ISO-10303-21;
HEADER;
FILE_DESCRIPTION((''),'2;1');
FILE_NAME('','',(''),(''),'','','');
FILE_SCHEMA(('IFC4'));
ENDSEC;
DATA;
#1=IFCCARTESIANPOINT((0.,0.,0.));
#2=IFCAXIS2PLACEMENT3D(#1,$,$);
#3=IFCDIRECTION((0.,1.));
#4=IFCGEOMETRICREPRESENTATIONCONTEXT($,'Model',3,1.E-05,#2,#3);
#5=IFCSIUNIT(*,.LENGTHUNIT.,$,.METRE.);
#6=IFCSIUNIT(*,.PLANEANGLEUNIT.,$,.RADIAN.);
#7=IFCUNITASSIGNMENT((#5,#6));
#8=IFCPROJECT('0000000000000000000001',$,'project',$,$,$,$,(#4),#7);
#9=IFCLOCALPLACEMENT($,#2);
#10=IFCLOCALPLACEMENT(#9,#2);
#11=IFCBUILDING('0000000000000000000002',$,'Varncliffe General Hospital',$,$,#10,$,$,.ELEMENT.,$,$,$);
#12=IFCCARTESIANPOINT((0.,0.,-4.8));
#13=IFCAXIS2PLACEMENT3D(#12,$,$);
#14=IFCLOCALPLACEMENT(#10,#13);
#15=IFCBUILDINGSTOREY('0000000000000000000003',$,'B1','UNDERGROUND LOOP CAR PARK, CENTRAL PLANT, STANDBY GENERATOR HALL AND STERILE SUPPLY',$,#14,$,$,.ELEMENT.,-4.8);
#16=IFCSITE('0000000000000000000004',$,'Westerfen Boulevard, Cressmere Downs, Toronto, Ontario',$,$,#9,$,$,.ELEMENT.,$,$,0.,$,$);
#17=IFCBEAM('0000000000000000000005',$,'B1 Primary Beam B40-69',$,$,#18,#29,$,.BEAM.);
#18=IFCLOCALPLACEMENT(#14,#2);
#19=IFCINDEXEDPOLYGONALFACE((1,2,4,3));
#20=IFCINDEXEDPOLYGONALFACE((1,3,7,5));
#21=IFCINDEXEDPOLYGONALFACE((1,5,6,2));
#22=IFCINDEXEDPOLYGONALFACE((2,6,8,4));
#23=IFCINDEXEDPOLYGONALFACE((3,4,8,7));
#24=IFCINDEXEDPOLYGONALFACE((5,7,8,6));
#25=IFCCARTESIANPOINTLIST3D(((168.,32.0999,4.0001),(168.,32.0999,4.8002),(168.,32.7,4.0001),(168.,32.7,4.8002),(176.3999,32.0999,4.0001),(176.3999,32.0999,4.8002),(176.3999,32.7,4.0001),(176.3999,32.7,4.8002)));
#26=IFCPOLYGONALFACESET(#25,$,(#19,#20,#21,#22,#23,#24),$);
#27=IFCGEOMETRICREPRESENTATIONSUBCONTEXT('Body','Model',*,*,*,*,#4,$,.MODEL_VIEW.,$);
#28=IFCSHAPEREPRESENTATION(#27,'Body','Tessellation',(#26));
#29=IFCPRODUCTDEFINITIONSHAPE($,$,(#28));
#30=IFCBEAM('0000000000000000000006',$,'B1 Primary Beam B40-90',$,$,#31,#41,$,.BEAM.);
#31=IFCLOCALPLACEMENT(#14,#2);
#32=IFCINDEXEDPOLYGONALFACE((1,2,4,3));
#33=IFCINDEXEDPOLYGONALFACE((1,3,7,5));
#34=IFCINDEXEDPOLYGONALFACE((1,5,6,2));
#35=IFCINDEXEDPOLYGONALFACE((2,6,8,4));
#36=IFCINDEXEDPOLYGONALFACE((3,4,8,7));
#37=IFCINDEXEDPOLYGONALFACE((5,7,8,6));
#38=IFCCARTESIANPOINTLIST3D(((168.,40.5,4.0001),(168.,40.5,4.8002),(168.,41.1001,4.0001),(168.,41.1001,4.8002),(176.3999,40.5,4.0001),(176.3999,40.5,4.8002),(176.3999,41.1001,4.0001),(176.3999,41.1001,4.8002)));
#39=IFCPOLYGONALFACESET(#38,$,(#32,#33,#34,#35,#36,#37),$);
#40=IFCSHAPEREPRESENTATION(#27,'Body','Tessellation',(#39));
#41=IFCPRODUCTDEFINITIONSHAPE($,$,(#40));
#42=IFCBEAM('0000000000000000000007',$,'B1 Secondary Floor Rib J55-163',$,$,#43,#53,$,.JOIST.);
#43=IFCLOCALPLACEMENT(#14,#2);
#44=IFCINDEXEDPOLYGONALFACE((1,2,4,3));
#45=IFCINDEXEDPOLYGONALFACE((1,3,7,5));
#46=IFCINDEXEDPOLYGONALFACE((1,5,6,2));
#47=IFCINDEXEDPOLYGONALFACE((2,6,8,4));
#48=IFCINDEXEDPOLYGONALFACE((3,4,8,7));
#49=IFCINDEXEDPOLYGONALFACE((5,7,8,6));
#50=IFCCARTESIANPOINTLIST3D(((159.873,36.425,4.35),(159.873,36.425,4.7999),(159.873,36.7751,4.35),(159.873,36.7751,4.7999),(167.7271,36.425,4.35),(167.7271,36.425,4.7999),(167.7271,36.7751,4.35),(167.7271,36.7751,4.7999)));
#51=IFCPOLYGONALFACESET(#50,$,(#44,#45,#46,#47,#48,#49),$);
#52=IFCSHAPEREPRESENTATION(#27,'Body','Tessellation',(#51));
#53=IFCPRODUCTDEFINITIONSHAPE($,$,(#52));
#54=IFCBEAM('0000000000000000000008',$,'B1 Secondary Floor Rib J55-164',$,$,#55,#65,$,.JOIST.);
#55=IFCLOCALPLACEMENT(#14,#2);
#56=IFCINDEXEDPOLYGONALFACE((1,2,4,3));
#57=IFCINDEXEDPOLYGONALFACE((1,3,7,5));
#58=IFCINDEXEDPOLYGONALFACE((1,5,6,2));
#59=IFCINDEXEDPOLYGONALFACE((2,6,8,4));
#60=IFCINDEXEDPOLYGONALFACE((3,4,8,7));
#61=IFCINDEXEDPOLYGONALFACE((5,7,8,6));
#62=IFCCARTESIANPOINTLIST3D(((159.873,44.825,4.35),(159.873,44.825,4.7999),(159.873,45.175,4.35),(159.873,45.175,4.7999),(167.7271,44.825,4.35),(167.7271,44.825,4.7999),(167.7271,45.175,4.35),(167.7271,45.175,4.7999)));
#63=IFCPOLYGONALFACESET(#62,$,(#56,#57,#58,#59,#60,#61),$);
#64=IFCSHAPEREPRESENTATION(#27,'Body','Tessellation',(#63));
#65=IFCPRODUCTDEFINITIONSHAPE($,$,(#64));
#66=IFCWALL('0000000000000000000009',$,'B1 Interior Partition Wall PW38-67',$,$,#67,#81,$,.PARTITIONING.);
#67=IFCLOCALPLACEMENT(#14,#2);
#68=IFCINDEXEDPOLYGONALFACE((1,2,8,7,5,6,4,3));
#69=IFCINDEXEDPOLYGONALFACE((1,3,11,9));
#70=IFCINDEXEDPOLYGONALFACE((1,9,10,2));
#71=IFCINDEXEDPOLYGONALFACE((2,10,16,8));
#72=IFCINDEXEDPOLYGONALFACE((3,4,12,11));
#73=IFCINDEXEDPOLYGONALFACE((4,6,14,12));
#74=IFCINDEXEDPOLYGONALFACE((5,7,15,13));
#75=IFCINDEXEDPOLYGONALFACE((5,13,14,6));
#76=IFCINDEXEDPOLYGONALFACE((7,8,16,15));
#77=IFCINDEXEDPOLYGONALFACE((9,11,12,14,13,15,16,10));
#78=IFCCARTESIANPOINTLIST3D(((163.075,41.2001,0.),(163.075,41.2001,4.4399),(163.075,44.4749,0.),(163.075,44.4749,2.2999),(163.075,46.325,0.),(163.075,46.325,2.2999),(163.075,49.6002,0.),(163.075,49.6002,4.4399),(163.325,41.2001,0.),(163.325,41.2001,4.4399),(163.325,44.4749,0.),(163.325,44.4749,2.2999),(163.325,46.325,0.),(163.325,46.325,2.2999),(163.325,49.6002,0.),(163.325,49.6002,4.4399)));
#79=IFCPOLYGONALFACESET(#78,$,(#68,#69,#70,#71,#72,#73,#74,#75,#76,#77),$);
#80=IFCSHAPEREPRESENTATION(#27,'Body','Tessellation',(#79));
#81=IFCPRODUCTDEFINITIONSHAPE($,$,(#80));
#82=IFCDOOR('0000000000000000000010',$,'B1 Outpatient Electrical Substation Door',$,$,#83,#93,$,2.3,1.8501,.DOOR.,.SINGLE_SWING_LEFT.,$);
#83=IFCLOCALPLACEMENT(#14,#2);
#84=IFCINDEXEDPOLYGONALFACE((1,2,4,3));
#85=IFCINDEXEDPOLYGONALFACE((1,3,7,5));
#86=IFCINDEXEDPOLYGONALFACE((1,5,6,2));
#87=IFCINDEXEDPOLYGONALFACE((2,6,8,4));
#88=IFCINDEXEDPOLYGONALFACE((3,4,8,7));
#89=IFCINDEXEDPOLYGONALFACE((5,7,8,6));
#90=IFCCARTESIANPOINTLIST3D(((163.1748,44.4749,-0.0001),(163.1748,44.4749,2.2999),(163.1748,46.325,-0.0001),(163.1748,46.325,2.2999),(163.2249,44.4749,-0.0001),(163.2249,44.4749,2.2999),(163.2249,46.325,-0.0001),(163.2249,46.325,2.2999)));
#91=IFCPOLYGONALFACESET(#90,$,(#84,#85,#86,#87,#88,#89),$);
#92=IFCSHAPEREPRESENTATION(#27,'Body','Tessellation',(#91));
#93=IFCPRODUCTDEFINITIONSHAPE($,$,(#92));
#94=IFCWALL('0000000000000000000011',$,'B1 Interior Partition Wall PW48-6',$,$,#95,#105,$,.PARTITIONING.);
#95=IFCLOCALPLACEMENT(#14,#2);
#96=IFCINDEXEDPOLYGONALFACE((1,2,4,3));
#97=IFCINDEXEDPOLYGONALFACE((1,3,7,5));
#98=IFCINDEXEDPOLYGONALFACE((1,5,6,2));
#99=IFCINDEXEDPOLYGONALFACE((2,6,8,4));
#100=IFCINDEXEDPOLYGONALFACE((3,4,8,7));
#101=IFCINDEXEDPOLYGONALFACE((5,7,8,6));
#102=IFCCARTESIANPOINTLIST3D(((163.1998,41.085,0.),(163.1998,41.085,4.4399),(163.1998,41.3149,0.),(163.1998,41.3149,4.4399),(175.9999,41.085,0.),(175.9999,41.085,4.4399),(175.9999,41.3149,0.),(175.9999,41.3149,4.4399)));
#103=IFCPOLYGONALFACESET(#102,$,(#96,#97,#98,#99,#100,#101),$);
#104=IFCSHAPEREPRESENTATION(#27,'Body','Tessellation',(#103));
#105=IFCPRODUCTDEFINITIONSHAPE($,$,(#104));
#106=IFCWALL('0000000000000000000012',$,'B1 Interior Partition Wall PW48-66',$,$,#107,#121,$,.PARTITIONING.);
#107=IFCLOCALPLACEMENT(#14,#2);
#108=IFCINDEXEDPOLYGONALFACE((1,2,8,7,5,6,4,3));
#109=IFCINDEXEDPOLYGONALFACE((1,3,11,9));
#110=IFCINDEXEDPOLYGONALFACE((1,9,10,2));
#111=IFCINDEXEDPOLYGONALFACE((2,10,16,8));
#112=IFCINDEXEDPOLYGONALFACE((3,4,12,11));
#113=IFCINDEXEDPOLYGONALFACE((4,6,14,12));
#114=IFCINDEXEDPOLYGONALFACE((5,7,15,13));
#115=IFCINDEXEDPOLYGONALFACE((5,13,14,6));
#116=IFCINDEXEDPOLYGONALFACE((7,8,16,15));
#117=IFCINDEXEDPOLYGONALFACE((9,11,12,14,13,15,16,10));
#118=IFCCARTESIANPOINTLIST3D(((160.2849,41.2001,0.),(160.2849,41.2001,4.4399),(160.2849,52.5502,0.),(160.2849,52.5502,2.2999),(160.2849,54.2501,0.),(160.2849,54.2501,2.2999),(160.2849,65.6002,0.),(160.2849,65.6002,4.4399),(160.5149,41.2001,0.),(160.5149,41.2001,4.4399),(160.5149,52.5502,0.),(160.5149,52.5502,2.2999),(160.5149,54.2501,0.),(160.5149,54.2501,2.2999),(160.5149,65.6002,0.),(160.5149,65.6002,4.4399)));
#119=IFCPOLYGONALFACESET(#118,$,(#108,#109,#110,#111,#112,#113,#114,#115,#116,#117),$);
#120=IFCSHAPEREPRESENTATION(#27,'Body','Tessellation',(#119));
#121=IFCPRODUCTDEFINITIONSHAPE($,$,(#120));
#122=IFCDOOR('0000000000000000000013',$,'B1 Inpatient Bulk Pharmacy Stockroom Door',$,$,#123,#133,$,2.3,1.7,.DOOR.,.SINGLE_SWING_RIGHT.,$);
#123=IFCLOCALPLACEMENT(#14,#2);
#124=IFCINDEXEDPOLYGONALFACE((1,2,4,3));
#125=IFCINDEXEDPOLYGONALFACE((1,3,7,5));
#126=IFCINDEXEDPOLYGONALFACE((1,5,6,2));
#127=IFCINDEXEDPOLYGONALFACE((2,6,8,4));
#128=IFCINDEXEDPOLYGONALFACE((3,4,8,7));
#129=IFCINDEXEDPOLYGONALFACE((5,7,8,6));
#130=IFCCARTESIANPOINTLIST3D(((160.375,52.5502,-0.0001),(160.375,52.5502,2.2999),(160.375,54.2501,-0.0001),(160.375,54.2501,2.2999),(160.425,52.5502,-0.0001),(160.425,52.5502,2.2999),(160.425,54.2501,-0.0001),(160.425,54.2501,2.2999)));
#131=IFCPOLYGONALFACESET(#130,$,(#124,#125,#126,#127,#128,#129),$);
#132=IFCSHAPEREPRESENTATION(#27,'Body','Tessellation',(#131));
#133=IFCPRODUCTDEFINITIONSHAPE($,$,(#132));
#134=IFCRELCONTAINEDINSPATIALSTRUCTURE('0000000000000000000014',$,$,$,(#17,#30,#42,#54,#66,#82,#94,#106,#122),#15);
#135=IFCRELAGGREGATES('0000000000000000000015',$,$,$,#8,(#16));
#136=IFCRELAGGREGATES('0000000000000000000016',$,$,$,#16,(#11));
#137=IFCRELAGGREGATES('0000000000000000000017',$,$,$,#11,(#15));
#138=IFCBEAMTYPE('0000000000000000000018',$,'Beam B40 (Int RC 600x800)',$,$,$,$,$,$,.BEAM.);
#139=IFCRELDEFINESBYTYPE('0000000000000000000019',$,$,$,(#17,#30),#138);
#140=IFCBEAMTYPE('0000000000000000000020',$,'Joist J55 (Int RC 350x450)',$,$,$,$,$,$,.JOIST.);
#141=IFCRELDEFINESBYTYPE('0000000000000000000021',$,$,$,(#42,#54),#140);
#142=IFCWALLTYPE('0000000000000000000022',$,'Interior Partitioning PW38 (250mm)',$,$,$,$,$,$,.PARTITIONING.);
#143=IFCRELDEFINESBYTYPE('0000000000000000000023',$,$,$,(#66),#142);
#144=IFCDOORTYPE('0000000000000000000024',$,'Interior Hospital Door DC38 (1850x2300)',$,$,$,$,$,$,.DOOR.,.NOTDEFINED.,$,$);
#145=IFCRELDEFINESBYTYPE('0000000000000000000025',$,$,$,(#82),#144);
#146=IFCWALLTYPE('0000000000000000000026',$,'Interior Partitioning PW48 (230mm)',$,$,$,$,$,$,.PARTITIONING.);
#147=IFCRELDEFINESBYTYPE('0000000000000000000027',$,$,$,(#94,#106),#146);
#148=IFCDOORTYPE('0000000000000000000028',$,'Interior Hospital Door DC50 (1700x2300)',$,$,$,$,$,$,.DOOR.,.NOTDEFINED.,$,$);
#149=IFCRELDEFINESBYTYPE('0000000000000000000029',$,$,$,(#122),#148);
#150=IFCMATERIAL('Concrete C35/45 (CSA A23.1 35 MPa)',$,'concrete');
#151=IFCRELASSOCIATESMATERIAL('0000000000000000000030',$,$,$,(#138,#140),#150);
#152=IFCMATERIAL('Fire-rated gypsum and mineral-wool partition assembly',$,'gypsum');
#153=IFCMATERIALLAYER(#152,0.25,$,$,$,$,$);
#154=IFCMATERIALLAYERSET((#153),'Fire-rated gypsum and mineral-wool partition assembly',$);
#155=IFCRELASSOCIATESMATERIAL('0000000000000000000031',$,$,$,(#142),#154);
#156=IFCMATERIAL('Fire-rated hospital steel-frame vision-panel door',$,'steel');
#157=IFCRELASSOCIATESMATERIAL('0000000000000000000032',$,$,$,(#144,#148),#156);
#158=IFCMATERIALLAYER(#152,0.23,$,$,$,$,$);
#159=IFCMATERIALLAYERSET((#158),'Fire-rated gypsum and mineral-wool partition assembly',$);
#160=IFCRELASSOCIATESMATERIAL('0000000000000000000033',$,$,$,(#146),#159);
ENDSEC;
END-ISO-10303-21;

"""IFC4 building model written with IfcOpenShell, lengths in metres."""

from ifc_helpers import new_model, si_unit, direction, frame, frame_2d, origin, origin_2d, place, context, subcontext, project, spatial, rectangle, extrude, material, layer, layer_set, material_profile, profile_set, type_object, element, fill, save


model = new_model("IFC4")

# Units and contexts
model_context = context("Model", 3, precision=1e-05, world=origin(), true_north=direction((0.0, 1.0)))
body_context = subcontext(model_context, "Body", "Model", "MODEL_VIEW")
ifc_project = project(units=[si_unit("LENGTHUNIT", "METRE"), si_unit("PLANEANGLEUNIT", "RADIAN")], contexts=[model_context])

# Site, building, storey
site_placement = place(None, origin())
site = spatial("IfcSite", under=ifc_project, at=site_placement, Name="Westerfen Boulevard, Cressmere Downs, Toronto, Ontario", CompositionType="ELEMENT", RefElevation=0.0)
building_placement = place(site_placement, origin())
building = spatial("IfcBuilding", under=site, at=building_placement, Name="Varncliffe General Hospital", CompositionType="ELEMENT")
storey_placement = place(building_placement, frame((0.0, 0.0, -4.8)))
storey = spatial("IfcBuildingStorey", under=building, at=storey_placement, Name="B1", Description="UNDERGROUND LOOP CAR PARK, CENTRAL PLANT, STANDBY GENERATOR HALL AND STERILE SUPPLY", CompositionType="ELEMENT", Elevation=-4.8)

# Beams
ifc_material_1 = material(Name="Concrete C35/45 (CSA A23.1 35 MPa)", Category="concrete")
ifc_material_profile_1 = material_profile(ifc_material_1, rectangle(XDim=0.6001, YDim=0.8, at=origin_2d()), Name="RC 600x800")
ifc_profile_set_1 = profile_set([ifc_material_profile_1], Name="Concrete C35/45 (CSA A23.1 35 MPa)")
beam_type_1 = type_object("IfcBeamType", Name="Beam B40 (Int RC 600x800)", PredefinedType="BEAM", material=ifc_profile_set_1)
for number, where, z_axis, x_axis, name in (
    (1, (168.0, 32.3999, 4.4001), (1.0, 0.0, 0.0), (0.0, 1.0, 0.0), "B1 Primary Beam B40-69"),
    (2, (168.0, 40.8, 4.4001), (1.0, 0.0, 0.0), (0.0, 1.0, 0.0), "B1 Primary Beam B40-90"),
):
    element("IfcBeam", number, at=place(storey_placement, frame(where, z_axis=z_axis, x_axis=x_axis)), inside=storey, type_object=beam_type_1, Name=name, PredefinedType="BEAM", context=body_context, shape_type="SweptSolid", body=[
        extrude(rectangle(XDim=0.6001, YDim=0.8, at=origin_2d()), origin(), (0.0, 0.0, 1.0), 8.3999),
    ])
ifc_material_profile_2 = material_profile(ifc_material_1, rectangle(XDim=0.3501, YDim=0.45, at=origin_2d()), Name="RC 350x450")
ifc_profile_set_2 = profile_set([ifc_material_profile_2], Name="Concrete C35/45 (CSA A23.1 35 MPa)")
beam_type_2 = type_object("IfcBeamType", Name="Joist J55 (Int RC 350x450)", PredefinedType="JOIST", material=ifc_profile_set_2)
for number, where, z_axis, x_axis, name in (
    (3, (159.873, 36.6001, 4.575), (1.0, 0.0, 0.0), (0.0, 1.0, 0.0), "B1 Secondary Floor Rib J55-163"),
    (4, (159.873, 45.0, 4.575), (1.0, 0.0, 0.0), (0.0, 1.0, 0.0), "B1 Secondary Floor Rib J55-164"),
):
    element("IfcBeam", number, at=place(storey_placement, frame(where, z_axis=z_axis, x_axis=x_axis)), inside=storey, type_object=beam_type_2, Name=name, PredefinedType="JOIST", context=body_context, shape_type="SweptSolid", body=[
        extrude(rectangle(XDim=0.3501, YDim=0.45, at=origin_2d()), origin(), (0.0, 0.0, 1.0), 7.854),
    ])

# Wall, opening, door
ifc_material_2 = material(Name="Fire-rated gypsum and mineral-wool partition assembly", Category="gypsum")
ifc_layer_1 = layer(ifc_material_2, 0.25)
ifc_layer_set_1 = layer_set([ifc_layer_1], Name="Fire-rated gypsum and mineral-wool partition assembly")
wall_type_1 = type_object("IfcWallType", Name="Interior Partitioning PW38 (250mm)", PredefinedType="PARTITIONING", material=ifc_layer_set_1)
wall_1_placement = place(storey_placement, frame((163.2, 41.2, 0.0), z_axis=(0.0, 0.0, 1.0), x_axis=(0.0, 1.0, 0.0)))
wall_1 = element("IfcWall", 5, at=wall_1_placement, inside=storey, type_object=wall_type_1, Name="B1 Interior Partition Wall PW38-67", PredefinedType="PARTITIONING", context=body_context, shape_type="SweptSolid", body=[
    extrude(rectangle(XDim=8.4001, YDim=0.25, at=frame_2d((4.2002, 0.0))), origin(), (0.0, 0.0, 1.0), 4.4399),
])
opening_1_placement = place(wall_1_placement, frame((3.2749, 0.0, 0.0)))
opening_1 = element("IfcOpeningElement", 6, at=opening_1_placement, cuts=wall_1, PredefinedType="OPENING", context=body_context, shape_type="SweptSolid", body=[
    extrude(rectangle(XDim=1.8501, YDim=2.3, at=frame_2d((0.925, 1.1499))), frame((0.0, 0.135, 0.0), z_axis=(0.0, -1.0, 0.0), x_axis=(1.0, 0.0, 0.0)), (0.0, 0.0, 1.0), 0.27),
])
ifc_material_3 = material(Name="Fire-rated hospital steel-frame vision-panel door", Category="steel")
door_type_1 = type_object("IfcDoorType", Name="Interior Hospital Door DC38 (1850x2300)", OperationType="NOTDEFINED", PredefinedType="DOOR", material=ifc_material_3)
door_1_placement = place(opening_1_placement, frame((1.8501, 0.0, 0.0), z_axis=(0.0, 0.0, 1.0), x_axis=(-1.0, 0.0, 0.0)))
door_1 = element("IfcDoor", 7, at=door_1_placement, inside=storey, type_object=door_type_1, Name="B1 Outpatient Electrical Substation Door", OperationType="SINGLE_SWING_LEFT", OverallHeight=2.3, OverallWidth=1.8501, PredefinedType="DOOR", context=body_context, shape_type="SweptSolid", body=[
    extrude(rectangle(XDim=1.8501, YDim=2.3, at=frame_2d((0.925, 1.1499))), frame((0.0, 0.0249, 0.0), z_axis=(0.0, -1.0, 0.0), x_axis=(1.0, 0.0, 0.0)), (0.0, 0.0, 1.0), 0.05),
])
fill(opening_1, door_1)

# Wall
ifc_layer_2 = layer(ifc_material_2, 0.23)
ifc_layer_set_2 = layer_set([ifc_layer_2], Name="Fire-rated gypsum and mineral-wool partition assembly")
wall_type_2 = type_object("IfcWallType", Name="Interior Partitioning PW48 (230mm)", PredefinedType="PARTITIONING", material=ifc_layer_set_2)
wall_2_placement = place(storey_placement, frame((163.2, 41.2, 0.0), z_axis=(0.0, 0.0, 1.0), x_axis=(1.0, 0.0, 0.0)))
element("IfcWall", 8, at=wall_2_placement, inside=storey, type_object=wall_type_2, Name="B1 Interior Partition Wall PW48-6", PredefinedType="PARTITIONING", context=body_context, shape_type="SweptSolid", body=[
    extrude(rectangle(XDim=12.8, YDim=0.23, at=frame_2d((6.3999, 0.0))), origin(), (0.0, 0.0, 1.0), 4.4399),
])

# Wall, opening, door
wall_3_placement = place(storey_placement, frame((160.3999, 41.2, 0.0), z_axis=(0.0, 0.0, 1.0), x_axis=(0.0, 1.0, 0.0)))
wall_3 = element("IfcWall", 9, at=wall_3_placement, inside=storey, type_object=wall_type_2, Name="B1 Interior Partition Wall PW48-66", PredefinedType="PARTITIONING", context=body_context, shape_type="SweptSolid", body=[
    extrude(rectangle(XDim=24.4001, YDim=0.23, at=frame_2d((12.2002, 0.0))), origin(), (0.0, 0.0, 1.0), 4.4399),
])
opening_2_placement = place(wall_3_placement, frame((11.3501, 0.0, 0.0)))
opening_2 = element("IfcOpeningElement", 10, at=opening_2_placement, cuts=wall_3, PredefinedType="OPENING", context=body_context, shape_type="SweptSolid", body=[
    extrude(rectangle(XDim=1.7, YDim=2.3, at=frame_2d((0.8501, 1.1499))), frame((0.0, 0.125, 0.0), z_axis=(0.0, -1.0, 0.0), x_axis=(1.0, 0.0, 0.0)), (0.0, 0.0, 1.0), 0.25),
])
door_type_2 = type_object("IfcDoorType", Name="Interior Hospital Door DC50 (1700x2300)", OperationType="NOTDEFINED", PredefinedType="DOOR", material=ifc_material_3)
door_2_placement = place(opening_2_placement, origin())
door_2 = element("IfcDoor", 11, at=door_2_placement, inside=storey, type_object=door_type_2, Name="B1 Inpatient Bulk Pharmacy Stockroom Door", OperationType="SINGLE_SWING_RIGHT", OverallHeight=2.3, OverallWidth=1.7, PredefinedType="DOOR", context=body_context, shape_type="SweptSolid", body=[
    extrude(rectangle(XDim=1.7, YDim=2.3, at=frame_2d((0.8501, 1.1499))), frame((0.0, 0.0249, 0.0), z_axis=(0.0, -1.0, 0.0), x_axis=(1.0, 0.0, 0.0)), (0.0, 0.0, 1.0), 0.05),
])
fill(opening_2, door_2)

save(model, "model.ifc")
